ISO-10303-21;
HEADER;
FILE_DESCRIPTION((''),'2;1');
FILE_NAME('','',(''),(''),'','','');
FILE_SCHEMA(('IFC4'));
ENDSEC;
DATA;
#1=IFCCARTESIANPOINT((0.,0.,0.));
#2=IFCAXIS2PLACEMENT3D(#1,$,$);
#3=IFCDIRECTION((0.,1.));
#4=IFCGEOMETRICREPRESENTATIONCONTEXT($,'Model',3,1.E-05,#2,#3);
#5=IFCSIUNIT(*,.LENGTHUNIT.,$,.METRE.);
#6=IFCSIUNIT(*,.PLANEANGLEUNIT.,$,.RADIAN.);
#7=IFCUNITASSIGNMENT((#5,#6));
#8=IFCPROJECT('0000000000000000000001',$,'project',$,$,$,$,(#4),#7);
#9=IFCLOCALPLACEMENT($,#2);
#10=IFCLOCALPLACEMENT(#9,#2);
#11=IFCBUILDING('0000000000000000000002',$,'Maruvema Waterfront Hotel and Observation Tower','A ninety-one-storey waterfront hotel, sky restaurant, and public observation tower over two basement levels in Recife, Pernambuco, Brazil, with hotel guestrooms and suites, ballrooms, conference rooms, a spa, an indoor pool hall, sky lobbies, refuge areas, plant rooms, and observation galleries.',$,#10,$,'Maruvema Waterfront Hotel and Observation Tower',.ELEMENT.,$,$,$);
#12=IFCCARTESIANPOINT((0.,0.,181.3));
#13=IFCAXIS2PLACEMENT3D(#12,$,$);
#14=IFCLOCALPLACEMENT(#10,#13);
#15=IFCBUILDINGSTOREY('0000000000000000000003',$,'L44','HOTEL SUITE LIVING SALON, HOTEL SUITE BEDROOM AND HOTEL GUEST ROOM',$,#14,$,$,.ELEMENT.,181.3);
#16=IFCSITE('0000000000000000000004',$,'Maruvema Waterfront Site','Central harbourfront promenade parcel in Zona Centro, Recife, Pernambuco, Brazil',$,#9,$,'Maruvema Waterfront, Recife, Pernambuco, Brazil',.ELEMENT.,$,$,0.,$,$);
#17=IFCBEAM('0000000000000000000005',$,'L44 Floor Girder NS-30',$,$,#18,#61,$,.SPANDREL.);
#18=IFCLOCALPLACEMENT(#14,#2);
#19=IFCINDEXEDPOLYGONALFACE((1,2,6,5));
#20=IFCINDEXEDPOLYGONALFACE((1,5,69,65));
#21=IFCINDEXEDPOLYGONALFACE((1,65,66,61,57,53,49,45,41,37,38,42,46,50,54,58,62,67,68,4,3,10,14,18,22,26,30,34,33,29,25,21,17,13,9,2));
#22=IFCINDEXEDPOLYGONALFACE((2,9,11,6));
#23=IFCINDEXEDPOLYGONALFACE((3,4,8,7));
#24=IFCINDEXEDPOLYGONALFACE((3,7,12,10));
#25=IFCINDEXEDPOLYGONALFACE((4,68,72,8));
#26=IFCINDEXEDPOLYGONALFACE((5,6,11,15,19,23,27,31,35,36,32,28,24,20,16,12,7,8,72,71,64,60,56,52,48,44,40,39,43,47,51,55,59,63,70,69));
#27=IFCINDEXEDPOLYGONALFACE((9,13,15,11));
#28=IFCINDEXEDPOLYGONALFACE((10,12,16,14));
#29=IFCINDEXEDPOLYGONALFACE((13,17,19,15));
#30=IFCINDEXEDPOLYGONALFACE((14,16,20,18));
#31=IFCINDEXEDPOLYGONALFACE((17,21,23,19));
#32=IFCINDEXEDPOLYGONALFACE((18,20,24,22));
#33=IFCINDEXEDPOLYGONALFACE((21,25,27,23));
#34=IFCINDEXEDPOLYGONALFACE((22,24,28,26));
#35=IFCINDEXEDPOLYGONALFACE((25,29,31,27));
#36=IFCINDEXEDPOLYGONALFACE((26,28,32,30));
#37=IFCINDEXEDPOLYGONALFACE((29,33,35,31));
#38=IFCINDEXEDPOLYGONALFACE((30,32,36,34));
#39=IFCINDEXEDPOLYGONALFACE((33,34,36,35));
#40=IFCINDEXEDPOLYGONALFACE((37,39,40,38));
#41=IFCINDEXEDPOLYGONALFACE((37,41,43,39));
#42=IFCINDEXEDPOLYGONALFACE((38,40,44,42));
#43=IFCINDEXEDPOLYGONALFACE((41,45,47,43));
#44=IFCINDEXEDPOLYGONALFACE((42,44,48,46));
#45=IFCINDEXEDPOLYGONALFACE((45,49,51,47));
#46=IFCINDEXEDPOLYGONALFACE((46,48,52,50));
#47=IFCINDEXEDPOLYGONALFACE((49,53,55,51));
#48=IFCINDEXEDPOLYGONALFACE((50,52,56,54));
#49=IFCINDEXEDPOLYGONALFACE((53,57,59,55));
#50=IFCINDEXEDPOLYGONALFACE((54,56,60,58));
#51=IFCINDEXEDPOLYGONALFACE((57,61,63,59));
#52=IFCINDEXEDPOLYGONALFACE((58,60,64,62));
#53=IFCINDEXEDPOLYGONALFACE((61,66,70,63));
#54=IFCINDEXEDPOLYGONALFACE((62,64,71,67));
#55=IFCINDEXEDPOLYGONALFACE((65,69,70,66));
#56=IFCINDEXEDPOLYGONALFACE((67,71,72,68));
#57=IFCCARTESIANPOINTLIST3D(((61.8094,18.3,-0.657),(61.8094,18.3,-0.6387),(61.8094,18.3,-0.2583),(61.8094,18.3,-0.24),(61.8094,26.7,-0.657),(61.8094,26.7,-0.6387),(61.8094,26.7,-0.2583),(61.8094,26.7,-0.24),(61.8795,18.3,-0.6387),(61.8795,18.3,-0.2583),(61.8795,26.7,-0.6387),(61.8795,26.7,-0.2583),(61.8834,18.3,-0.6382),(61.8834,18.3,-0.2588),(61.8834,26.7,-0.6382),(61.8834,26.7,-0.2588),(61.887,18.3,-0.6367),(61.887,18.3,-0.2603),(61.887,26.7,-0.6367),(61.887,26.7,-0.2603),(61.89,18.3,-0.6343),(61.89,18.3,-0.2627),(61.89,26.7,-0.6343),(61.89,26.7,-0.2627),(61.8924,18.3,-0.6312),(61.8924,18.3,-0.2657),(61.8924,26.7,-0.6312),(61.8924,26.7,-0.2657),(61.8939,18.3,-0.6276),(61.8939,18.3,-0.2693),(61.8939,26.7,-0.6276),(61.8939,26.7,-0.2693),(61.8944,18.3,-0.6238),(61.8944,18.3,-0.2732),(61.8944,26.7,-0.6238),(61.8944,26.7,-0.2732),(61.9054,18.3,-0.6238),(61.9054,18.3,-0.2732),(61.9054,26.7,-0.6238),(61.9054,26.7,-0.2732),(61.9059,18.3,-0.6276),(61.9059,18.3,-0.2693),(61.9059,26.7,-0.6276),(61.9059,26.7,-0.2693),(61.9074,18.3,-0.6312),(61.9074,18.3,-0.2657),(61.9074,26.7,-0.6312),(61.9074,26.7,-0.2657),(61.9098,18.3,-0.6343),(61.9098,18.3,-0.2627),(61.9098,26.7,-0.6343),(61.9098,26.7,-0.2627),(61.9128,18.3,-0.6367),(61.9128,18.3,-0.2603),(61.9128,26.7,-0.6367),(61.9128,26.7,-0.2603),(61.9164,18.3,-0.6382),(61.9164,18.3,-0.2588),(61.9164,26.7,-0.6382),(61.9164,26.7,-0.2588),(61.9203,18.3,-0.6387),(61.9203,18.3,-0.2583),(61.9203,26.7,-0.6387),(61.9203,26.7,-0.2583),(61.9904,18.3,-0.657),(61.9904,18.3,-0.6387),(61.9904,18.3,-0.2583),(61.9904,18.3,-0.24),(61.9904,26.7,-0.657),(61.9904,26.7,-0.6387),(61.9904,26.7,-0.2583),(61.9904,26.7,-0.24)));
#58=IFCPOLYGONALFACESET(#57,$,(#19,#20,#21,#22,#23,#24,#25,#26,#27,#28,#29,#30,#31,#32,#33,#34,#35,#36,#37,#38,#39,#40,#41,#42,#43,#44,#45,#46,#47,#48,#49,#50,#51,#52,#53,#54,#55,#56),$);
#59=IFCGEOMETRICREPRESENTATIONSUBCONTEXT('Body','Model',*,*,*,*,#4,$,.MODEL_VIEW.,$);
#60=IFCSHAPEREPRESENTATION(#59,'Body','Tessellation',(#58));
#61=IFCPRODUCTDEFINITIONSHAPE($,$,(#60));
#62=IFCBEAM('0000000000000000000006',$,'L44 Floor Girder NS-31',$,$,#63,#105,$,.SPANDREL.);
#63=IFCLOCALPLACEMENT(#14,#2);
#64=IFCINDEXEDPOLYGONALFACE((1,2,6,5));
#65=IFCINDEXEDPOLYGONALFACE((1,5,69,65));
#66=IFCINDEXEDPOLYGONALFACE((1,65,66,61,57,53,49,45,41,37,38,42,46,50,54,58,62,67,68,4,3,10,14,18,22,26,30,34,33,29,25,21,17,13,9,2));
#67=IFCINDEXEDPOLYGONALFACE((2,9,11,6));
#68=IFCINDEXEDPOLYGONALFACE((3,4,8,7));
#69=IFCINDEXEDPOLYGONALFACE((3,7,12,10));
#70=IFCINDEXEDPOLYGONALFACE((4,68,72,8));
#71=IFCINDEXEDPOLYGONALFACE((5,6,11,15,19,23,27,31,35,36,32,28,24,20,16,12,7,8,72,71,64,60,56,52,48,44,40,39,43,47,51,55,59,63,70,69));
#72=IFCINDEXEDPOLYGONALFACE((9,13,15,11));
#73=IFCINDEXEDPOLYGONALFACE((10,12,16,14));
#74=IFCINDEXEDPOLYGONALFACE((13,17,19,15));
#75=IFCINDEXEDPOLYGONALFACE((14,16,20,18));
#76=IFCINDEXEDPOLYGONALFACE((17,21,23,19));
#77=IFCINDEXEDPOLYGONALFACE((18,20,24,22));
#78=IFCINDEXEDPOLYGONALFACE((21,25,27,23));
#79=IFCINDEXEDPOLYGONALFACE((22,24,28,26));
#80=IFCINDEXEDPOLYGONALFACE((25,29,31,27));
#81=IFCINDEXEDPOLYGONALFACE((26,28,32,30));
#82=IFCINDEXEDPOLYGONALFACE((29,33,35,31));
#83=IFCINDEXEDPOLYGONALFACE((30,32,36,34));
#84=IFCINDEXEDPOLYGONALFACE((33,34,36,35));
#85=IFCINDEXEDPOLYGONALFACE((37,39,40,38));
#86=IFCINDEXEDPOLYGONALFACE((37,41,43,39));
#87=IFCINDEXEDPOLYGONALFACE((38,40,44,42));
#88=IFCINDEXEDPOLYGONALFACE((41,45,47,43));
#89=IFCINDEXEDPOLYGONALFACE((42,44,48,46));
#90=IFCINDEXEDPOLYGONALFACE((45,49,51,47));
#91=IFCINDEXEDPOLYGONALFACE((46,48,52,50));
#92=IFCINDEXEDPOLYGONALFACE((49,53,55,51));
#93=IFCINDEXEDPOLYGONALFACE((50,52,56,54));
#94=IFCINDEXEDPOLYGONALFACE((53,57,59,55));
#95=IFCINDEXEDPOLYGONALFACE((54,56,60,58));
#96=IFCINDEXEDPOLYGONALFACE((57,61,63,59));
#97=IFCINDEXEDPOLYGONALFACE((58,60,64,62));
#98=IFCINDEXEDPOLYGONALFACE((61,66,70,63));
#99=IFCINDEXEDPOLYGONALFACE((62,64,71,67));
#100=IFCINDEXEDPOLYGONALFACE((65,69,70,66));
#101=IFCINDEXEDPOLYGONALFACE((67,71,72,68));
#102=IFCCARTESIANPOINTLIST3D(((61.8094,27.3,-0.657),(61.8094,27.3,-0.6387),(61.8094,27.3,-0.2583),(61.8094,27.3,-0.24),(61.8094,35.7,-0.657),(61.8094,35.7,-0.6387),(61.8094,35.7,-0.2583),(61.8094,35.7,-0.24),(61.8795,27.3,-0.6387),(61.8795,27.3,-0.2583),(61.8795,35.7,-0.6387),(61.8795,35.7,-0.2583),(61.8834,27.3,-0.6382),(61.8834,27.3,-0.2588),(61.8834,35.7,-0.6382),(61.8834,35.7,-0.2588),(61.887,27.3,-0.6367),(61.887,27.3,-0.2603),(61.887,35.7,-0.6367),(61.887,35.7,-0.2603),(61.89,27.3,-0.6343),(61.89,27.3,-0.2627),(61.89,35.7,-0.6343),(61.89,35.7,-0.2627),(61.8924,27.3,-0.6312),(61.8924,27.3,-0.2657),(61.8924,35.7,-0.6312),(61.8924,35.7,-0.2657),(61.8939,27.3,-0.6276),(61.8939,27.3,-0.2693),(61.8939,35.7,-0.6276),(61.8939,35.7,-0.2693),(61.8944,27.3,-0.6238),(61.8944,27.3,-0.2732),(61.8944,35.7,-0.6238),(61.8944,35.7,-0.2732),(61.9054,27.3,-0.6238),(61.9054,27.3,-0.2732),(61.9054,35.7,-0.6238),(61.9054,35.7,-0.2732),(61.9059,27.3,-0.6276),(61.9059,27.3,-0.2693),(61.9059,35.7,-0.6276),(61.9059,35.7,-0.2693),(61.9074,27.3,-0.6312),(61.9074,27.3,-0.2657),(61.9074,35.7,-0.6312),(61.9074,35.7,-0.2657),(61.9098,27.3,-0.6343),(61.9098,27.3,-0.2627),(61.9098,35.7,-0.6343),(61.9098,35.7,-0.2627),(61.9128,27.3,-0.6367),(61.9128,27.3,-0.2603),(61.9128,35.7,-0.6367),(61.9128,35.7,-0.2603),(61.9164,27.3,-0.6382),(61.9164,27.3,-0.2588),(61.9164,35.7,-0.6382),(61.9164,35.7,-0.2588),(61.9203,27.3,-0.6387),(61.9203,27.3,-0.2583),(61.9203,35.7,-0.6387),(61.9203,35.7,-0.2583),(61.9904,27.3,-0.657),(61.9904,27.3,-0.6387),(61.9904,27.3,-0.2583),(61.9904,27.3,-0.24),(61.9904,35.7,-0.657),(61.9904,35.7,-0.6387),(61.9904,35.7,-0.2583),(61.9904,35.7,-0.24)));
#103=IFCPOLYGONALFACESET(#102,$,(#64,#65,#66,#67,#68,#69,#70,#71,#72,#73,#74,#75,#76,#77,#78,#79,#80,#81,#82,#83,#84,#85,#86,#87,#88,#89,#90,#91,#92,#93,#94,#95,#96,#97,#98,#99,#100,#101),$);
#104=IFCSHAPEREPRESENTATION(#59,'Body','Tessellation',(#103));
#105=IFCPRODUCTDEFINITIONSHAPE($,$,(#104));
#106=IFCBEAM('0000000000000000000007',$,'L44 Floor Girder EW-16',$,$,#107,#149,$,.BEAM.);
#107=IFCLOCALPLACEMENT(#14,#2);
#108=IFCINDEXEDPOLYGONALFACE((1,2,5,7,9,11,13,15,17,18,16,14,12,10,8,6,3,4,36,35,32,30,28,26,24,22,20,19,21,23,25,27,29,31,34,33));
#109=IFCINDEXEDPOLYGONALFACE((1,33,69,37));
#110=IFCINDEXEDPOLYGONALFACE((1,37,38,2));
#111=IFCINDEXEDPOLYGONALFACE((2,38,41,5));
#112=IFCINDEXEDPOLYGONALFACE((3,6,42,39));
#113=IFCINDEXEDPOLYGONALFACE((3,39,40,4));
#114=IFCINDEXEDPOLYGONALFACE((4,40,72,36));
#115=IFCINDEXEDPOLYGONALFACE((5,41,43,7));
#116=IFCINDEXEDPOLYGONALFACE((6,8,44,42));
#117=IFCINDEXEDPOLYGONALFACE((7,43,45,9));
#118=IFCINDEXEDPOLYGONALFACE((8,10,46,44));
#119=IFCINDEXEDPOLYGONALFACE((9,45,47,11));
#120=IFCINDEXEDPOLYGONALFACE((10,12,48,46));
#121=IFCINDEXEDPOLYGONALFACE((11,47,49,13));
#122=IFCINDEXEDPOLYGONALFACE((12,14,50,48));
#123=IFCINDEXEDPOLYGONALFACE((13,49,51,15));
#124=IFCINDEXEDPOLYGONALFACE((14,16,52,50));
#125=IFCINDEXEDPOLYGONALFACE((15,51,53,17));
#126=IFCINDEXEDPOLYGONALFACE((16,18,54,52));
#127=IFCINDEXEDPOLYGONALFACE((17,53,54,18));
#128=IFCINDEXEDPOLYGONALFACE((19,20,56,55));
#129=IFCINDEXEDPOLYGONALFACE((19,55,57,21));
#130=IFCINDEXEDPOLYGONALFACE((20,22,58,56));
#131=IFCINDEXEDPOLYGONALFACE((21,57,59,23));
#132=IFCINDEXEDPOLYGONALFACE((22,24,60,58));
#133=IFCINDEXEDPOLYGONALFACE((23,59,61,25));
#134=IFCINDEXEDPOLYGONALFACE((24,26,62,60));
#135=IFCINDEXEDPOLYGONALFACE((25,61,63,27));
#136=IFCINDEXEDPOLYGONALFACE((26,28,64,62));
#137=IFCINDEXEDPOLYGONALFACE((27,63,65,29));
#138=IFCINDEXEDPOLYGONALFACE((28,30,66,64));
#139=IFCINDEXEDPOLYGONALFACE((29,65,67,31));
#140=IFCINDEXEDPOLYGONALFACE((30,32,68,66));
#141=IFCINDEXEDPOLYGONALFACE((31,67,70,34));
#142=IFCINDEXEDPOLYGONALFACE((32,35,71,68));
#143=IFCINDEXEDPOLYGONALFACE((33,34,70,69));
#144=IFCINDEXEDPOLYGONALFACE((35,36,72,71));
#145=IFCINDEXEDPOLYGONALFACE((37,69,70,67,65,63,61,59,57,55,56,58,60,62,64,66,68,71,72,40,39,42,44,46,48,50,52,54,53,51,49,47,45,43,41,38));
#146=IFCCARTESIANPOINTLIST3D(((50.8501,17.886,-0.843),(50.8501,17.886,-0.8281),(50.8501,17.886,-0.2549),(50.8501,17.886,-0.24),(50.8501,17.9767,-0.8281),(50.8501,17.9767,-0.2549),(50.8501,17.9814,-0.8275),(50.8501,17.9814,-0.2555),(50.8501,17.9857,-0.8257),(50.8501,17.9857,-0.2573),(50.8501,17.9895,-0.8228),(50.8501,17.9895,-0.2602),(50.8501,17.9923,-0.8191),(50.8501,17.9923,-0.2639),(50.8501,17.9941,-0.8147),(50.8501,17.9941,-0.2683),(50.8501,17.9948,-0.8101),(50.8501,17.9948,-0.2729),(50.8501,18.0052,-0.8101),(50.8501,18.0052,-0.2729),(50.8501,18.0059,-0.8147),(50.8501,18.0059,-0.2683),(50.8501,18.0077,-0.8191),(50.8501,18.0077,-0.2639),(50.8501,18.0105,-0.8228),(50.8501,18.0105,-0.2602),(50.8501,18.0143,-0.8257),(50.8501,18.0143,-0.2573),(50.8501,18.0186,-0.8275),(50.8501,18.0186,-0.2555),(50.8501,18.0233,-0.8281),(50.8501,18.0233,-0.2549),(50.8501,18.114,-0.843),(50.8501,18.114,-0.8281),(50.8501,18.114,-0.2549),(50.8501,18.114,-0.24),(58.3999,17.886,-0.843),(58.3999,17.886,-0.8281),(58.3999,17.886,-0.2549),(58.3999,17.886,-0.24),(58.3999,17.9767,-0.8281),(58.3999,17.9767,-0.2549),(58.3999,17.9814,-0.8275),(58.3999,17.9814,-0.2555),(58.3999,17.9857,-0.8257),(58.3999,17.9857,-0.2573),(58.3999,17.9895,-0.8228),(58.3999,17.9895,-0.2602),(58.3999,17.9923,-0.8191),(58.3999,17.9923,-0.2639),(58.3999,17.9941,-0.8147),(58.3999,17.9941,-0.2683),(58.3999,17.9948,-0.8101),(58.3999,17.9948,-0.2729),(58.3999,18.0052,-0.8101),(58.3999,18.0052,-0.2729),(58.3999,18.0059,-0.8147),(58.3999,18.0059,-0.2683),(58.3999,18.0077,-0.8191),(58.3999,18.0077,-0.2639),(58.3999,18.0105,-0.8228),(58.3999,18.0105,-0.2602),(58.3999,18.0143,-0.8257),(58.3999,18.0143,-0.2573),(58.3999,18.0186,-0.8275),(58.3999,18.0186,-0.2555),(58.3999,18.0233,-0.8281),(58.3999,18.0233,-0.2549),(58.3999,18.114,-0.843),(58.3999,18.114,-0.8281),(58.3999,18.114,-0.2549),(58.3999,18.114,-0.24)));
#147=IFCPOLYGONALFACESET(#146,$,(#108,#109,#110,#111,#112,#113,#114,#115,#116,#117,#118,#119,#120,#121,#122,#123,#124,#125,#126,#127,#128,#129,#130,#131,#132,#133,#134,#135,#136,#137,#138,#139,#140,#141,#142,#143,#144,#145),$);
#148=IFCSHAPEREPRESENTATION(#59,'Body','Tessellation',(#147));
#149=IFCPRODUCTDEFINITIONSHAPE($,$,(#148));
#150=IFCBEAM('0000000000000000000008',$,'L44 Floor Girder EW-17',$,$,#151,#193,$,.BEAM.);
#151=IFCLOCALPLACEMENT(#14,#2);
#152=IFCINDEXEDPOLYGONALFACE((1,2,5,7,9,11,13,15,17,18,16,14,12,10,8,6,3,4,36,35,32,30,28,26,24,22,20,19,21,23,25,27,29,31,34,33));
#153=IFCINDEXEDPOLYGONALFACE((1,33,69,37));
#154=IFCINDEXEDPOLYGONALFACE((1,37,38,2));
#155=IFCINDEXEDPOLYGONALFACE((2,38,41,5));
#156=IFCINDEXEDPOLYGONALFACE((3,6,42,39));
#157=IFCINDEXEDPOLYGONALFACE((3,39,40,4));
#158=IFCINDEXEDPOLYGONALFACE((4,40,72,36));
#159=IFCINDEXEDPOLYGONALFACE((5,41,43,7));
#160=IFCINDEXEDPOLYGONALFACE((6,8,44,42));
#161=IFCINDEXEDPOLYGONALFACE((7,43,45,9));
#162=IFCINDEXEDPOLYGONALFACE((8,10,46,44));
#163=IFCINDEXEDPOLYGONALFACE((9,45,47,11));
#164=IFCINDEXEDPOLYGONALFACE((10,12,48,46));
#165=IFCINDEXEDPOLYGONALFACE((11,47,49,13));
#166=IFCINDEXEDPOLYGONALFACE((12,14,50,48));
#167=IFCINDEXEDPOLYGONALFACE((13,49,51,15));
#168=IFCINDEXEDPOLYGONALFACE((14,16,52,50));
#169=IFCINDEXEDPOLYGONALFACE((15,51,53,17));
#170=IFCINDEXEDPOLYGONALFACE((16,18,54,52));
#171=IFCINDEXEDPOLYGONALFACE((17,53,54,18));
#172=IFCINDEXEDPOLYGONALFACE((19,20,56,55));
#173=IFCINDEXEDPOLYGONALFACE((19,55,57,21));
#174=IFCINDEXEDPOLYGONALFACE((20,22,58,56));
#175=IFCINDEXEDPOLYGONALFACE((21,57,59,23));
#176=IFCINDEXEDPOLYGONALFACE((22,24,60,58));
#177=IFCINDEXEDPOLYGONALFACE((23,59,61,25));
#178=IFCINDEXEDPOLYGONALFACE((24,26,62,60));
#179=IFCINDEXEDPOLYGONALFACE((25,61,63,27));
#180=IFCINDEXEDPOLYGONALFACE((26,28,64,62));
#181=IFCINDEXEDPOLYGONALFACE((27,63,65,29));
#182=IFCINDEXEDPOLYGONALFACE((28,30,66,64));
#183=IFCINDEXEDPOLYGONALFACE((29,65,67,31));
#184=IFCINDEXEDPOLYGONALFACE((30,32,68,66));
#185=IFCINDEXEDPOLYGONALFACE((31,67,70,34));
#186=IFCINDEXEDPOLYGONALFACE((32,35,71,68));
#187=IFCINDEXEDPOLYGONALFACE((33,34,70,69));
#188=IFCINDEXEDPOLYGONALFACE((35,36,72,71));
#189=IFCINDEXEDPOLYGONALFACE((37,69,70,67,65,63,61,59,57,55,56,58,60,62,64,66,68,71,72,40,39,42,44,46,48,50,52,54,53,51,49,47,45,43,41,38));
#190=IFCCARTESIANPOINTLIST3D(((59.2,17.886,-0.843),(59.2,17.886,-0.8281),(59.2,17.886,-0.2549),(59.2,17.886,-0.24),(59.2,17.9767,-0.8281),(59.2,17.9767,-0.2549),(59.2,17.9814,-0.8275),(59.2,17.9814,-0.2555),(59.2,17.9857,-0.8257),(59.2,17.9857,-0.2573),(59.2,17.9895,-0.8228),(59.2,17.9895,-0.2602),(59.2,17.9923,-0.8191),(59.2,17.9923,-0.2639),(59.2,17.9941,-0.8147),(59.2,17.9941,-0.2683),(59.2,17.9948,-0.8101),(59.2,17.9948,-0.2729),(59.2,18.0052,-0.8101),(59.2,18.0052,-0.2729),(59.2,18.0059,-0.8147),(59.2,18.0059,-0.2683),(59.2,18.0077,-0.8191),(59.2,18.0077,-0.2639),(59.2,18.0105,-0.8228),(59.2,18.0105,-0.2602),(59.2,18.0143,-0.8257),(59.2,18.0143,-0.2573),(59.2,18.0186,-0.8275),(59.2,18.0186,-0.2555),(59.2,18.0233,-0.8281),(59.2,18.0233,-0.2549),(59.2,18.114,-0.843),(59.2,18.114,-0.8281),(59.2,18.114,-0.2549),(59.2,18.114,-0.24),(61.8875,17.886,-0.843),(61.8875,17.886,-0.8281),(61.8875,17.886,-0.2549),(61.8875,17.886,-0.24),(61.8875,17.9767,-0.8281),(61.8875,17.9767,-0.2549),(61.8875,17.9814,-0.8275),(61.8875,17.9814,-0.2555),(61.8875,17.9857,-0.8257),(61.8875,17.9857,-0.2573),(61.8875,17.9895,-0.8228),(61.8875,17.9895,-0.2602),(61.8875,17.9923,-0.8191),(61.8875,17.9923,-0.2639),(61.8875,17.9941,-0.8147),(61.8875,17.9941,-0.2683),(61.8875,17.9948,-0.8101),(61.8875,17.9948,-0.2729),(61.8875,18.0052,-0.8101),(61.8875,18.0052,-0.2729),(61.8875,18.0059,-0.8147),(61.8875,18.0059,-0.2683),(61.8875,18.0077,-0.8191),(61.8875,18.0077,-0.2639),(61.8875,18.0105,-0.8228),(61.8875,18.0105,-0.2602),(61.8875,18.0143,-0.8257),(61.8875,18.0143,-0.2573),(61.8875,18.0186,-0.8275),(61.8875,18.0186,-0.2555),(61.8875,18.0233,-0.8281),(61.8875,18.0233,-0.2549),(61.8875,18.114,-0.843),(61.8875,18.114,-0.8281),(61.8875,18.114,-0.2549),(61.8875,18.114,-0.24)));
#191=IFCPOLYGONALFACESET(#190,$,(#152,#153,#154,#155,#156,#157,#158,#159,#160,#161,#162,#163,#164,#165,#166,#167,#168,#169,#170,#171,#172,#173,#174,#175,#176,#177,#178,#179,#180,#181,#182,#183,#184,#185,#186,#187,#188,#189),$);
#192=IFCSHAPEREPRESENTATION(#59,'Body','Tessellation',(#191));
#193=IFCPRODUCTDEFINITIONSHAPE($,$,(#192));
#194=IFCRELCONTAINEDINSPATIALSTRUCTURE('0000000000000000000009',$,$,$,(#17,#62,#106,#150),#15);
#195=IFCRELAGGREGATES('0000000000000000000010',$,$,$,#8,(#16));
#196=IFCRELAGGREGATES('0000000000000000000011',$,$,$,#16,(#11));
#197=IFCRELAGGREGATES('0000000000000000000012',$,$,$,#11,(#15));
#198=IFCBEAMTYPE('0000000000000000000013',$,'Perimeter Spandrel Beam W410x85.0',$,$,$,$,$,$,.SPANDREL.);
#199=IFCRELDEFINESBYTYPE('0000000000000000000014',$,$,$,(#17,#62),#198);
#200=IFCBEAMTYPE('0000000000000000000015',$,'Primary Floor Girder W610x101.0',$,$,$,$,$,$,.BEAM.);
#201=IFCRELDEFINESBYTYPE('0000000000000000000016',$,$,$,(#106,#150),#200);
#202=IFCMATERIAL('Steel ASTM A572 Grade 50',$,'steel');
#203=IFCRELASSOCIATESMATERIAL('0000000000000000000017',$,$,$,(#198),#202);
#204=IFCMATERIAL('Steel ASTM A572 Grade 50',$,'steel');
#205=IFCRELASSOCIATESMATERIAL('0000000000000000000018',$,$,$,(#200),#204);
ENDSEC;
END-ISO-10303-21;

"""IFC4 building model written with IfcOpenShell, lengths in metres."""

from ifc_helpers import new_model, si_unit, direction, frame, origin, origin_2d, place, context, subcontext, project, spatial, i_section, extrude, material, material_profile, profile_set, type_object, element, save


model = new_model("IFC4")

# Units and contexts
model_context = context("Model", 3, precision=1e-05, world=origin(), true_north=direction((0.0, 1.0)))
body_context = subcontext(model_context, "Body", "Model", "MODEL_VIEW")
ifc_project = project(units=[si_unit("LENGTHUNIT", "METRE"), si_unit("PLANEANGLEUNIT", "RADIAN")], contexts=[model_context])

# Site, building, storey
site_placement = place(None, origin())
site = spatial("IfcSite", under=ifc_project, at=site_placement, Name="Maruvema Waterfront Site", Description="Central harbourfront promenade parcel in Zona Centro, Recife, Pernambuco, Brazil", LongName="Maruvema Waterfront, Recife, Pernambuco, Brazil", CompositionType="ELEMENT", RefElevation=0.0)
building_placement = place(site_placement, origin())
building = spatial("IfcBuilding", under=site, at=building_placement, Name="Maruvema Waterfront Hotel and Observation Tower", Description="A ninety-one-storey waterfront hotel, sky restaurant, and public observation tower over two basement levels in Recife, Pernambuco, Brazil, with hotel guestrooms and suites, ballrooms, conference rooms, a spa, an indoor pool hall, sky lobbies, refuge areas, plant rooms, and observation galleries.", LongName="Maruvema Waterfront Hotel and Observation Tower", CompositionType="ELEMENT")
storey_placement = place(building_placement, frame((0.0, 0.0, 181.3)))
storey = spatial("IfcBuildingStorey", under=building, at=storey_placement, Name="L44", Description="HOTEL SUITE LIVING SALON, HOTEL SUITE BEDROOM AND HOTEL GUEST ROOM", CompositionType="ELEMENT", Elevation=181.3)

# Beams
ifc_material_1 = material(Name="Steel ASTM A572 Grade 50", Category="steel")
ifc_material_profile_1 = material_profile(ifc_material_1, i_section(OverallWidth=0.1809, OverallDepth=0.417, WebThickness=0.011, FlangeThickness=0.0183, FilletRadius=0.0149, at=origin_2d()), Name="W410x85.0")
ifc_profile_set_1 = profile_set([ifc_material_profile_1], Name="Steel ASTM A572 Grade 50")
beam_type_1 = type_object("IfcBeamType", Name="Perimeter Spandrel Beam W410x85.0", PredefinedType="SPANDREL", material=ifc_profile_set_1)
for number, where, z_axis, x_axis, name in (
    (1, (61.8999, 18.3, -0.4485), (0.0, 1.0, 0.0), (-1.0, 0.0, 0.0), "L44 Floor Girder NS-30"),
    (2, (61.8999, 27.3, -0.4485), (0.0, 1.0, 0.0), (-1.0, 0.0, 0.0), "L44 Floor Girder NS-31"),
):
    element("IfcBeam", number, at=place(storey_placement, frame(where, z_axis=z_axis, x_axis=x_axis)), inside=storey, type_object=beam_type_1, Name=name, PredefinedType="SPANDREL", context=body_context, shape_type="SweptSolid", body=[
        extrude(i_section(OverallWidth=0.1809, OverallDepth=0.417, WebThickness=0.011, FlangeThickness=0.0183, FilletRadius=0.0149, at=origin_2d()), origin(), (0.0, 0.0, 1.0), 8.3999),
    ])
ifc_material_2 = material(Name="Steel ASTM A572 Grade 50", Category="steel")
ifc_material_profile_2 = material_profile(ifc_material_2, i_section(OverallWidth=0.228, OverallDepth=0.603, WebThickness=0.0105, FlangeThickness=0.0149, FilletRadius=0.0181, at=origin_2d()), Name="W610x101.0")
ifc_profile_set_2 = profile_set([ifc_material_profile_2], Name="Steel ASTM A572 Grade 50")
beam_type_2 = type_object("IfcBeamType", Name="Primary Floor Girder W610x101.0", PredefinedType="BEAM", material=ifc_profile_set_2)
beam_1_placement = place(storey_placement, frame((50.8501, 18.0, -0.5415), z_axis=(1.0, 0.0, 0.0), x_axis=(0.0, 1.0, 0.0)))
element("IfcBeam", 3, at=beam_1_placement, inside=storey, type_object=beam_type_2, Name="L44 Floor Girder EW-16", PredefinedType="BEAM", context=body_context, shape_type="SweptSolid", body=[
    extrude(i_section(OverallWidth=0.228, OverallDepth=0.603, WebThickness=0.0105, FlangeThickness=0.0149, FilletRadius=0.0181, at=origin_2d()), origin(), (0.0, 0.0, 1.0), 7.5498),
])
beam_2_placement = place(storey_placement, frame((59.2, 18.0, -0.5415), z_axis=(1.0, 0.0, 0.0), x_axis=(0.0, 1.0, 0.0)))
element("IfcBeam", 4, at=beam_2_placement, inside=storey, type_object=beam_type_2, Name="L44 Floor Girder EW-17", PredefinedType="BEAM", context=body_context, shape_type="SweptSolid", body=[
    extrude(i_section(OverallWidth=0.228, OverallDepth=0.603, WebThickness=0.0105, FlangeThickness=0.0149, FilletRadius=0.0181, at=origin_2d()), origin(), (0.0, 0.0, 1.0), 2.6875),
])

save(model, "model.ifc")
